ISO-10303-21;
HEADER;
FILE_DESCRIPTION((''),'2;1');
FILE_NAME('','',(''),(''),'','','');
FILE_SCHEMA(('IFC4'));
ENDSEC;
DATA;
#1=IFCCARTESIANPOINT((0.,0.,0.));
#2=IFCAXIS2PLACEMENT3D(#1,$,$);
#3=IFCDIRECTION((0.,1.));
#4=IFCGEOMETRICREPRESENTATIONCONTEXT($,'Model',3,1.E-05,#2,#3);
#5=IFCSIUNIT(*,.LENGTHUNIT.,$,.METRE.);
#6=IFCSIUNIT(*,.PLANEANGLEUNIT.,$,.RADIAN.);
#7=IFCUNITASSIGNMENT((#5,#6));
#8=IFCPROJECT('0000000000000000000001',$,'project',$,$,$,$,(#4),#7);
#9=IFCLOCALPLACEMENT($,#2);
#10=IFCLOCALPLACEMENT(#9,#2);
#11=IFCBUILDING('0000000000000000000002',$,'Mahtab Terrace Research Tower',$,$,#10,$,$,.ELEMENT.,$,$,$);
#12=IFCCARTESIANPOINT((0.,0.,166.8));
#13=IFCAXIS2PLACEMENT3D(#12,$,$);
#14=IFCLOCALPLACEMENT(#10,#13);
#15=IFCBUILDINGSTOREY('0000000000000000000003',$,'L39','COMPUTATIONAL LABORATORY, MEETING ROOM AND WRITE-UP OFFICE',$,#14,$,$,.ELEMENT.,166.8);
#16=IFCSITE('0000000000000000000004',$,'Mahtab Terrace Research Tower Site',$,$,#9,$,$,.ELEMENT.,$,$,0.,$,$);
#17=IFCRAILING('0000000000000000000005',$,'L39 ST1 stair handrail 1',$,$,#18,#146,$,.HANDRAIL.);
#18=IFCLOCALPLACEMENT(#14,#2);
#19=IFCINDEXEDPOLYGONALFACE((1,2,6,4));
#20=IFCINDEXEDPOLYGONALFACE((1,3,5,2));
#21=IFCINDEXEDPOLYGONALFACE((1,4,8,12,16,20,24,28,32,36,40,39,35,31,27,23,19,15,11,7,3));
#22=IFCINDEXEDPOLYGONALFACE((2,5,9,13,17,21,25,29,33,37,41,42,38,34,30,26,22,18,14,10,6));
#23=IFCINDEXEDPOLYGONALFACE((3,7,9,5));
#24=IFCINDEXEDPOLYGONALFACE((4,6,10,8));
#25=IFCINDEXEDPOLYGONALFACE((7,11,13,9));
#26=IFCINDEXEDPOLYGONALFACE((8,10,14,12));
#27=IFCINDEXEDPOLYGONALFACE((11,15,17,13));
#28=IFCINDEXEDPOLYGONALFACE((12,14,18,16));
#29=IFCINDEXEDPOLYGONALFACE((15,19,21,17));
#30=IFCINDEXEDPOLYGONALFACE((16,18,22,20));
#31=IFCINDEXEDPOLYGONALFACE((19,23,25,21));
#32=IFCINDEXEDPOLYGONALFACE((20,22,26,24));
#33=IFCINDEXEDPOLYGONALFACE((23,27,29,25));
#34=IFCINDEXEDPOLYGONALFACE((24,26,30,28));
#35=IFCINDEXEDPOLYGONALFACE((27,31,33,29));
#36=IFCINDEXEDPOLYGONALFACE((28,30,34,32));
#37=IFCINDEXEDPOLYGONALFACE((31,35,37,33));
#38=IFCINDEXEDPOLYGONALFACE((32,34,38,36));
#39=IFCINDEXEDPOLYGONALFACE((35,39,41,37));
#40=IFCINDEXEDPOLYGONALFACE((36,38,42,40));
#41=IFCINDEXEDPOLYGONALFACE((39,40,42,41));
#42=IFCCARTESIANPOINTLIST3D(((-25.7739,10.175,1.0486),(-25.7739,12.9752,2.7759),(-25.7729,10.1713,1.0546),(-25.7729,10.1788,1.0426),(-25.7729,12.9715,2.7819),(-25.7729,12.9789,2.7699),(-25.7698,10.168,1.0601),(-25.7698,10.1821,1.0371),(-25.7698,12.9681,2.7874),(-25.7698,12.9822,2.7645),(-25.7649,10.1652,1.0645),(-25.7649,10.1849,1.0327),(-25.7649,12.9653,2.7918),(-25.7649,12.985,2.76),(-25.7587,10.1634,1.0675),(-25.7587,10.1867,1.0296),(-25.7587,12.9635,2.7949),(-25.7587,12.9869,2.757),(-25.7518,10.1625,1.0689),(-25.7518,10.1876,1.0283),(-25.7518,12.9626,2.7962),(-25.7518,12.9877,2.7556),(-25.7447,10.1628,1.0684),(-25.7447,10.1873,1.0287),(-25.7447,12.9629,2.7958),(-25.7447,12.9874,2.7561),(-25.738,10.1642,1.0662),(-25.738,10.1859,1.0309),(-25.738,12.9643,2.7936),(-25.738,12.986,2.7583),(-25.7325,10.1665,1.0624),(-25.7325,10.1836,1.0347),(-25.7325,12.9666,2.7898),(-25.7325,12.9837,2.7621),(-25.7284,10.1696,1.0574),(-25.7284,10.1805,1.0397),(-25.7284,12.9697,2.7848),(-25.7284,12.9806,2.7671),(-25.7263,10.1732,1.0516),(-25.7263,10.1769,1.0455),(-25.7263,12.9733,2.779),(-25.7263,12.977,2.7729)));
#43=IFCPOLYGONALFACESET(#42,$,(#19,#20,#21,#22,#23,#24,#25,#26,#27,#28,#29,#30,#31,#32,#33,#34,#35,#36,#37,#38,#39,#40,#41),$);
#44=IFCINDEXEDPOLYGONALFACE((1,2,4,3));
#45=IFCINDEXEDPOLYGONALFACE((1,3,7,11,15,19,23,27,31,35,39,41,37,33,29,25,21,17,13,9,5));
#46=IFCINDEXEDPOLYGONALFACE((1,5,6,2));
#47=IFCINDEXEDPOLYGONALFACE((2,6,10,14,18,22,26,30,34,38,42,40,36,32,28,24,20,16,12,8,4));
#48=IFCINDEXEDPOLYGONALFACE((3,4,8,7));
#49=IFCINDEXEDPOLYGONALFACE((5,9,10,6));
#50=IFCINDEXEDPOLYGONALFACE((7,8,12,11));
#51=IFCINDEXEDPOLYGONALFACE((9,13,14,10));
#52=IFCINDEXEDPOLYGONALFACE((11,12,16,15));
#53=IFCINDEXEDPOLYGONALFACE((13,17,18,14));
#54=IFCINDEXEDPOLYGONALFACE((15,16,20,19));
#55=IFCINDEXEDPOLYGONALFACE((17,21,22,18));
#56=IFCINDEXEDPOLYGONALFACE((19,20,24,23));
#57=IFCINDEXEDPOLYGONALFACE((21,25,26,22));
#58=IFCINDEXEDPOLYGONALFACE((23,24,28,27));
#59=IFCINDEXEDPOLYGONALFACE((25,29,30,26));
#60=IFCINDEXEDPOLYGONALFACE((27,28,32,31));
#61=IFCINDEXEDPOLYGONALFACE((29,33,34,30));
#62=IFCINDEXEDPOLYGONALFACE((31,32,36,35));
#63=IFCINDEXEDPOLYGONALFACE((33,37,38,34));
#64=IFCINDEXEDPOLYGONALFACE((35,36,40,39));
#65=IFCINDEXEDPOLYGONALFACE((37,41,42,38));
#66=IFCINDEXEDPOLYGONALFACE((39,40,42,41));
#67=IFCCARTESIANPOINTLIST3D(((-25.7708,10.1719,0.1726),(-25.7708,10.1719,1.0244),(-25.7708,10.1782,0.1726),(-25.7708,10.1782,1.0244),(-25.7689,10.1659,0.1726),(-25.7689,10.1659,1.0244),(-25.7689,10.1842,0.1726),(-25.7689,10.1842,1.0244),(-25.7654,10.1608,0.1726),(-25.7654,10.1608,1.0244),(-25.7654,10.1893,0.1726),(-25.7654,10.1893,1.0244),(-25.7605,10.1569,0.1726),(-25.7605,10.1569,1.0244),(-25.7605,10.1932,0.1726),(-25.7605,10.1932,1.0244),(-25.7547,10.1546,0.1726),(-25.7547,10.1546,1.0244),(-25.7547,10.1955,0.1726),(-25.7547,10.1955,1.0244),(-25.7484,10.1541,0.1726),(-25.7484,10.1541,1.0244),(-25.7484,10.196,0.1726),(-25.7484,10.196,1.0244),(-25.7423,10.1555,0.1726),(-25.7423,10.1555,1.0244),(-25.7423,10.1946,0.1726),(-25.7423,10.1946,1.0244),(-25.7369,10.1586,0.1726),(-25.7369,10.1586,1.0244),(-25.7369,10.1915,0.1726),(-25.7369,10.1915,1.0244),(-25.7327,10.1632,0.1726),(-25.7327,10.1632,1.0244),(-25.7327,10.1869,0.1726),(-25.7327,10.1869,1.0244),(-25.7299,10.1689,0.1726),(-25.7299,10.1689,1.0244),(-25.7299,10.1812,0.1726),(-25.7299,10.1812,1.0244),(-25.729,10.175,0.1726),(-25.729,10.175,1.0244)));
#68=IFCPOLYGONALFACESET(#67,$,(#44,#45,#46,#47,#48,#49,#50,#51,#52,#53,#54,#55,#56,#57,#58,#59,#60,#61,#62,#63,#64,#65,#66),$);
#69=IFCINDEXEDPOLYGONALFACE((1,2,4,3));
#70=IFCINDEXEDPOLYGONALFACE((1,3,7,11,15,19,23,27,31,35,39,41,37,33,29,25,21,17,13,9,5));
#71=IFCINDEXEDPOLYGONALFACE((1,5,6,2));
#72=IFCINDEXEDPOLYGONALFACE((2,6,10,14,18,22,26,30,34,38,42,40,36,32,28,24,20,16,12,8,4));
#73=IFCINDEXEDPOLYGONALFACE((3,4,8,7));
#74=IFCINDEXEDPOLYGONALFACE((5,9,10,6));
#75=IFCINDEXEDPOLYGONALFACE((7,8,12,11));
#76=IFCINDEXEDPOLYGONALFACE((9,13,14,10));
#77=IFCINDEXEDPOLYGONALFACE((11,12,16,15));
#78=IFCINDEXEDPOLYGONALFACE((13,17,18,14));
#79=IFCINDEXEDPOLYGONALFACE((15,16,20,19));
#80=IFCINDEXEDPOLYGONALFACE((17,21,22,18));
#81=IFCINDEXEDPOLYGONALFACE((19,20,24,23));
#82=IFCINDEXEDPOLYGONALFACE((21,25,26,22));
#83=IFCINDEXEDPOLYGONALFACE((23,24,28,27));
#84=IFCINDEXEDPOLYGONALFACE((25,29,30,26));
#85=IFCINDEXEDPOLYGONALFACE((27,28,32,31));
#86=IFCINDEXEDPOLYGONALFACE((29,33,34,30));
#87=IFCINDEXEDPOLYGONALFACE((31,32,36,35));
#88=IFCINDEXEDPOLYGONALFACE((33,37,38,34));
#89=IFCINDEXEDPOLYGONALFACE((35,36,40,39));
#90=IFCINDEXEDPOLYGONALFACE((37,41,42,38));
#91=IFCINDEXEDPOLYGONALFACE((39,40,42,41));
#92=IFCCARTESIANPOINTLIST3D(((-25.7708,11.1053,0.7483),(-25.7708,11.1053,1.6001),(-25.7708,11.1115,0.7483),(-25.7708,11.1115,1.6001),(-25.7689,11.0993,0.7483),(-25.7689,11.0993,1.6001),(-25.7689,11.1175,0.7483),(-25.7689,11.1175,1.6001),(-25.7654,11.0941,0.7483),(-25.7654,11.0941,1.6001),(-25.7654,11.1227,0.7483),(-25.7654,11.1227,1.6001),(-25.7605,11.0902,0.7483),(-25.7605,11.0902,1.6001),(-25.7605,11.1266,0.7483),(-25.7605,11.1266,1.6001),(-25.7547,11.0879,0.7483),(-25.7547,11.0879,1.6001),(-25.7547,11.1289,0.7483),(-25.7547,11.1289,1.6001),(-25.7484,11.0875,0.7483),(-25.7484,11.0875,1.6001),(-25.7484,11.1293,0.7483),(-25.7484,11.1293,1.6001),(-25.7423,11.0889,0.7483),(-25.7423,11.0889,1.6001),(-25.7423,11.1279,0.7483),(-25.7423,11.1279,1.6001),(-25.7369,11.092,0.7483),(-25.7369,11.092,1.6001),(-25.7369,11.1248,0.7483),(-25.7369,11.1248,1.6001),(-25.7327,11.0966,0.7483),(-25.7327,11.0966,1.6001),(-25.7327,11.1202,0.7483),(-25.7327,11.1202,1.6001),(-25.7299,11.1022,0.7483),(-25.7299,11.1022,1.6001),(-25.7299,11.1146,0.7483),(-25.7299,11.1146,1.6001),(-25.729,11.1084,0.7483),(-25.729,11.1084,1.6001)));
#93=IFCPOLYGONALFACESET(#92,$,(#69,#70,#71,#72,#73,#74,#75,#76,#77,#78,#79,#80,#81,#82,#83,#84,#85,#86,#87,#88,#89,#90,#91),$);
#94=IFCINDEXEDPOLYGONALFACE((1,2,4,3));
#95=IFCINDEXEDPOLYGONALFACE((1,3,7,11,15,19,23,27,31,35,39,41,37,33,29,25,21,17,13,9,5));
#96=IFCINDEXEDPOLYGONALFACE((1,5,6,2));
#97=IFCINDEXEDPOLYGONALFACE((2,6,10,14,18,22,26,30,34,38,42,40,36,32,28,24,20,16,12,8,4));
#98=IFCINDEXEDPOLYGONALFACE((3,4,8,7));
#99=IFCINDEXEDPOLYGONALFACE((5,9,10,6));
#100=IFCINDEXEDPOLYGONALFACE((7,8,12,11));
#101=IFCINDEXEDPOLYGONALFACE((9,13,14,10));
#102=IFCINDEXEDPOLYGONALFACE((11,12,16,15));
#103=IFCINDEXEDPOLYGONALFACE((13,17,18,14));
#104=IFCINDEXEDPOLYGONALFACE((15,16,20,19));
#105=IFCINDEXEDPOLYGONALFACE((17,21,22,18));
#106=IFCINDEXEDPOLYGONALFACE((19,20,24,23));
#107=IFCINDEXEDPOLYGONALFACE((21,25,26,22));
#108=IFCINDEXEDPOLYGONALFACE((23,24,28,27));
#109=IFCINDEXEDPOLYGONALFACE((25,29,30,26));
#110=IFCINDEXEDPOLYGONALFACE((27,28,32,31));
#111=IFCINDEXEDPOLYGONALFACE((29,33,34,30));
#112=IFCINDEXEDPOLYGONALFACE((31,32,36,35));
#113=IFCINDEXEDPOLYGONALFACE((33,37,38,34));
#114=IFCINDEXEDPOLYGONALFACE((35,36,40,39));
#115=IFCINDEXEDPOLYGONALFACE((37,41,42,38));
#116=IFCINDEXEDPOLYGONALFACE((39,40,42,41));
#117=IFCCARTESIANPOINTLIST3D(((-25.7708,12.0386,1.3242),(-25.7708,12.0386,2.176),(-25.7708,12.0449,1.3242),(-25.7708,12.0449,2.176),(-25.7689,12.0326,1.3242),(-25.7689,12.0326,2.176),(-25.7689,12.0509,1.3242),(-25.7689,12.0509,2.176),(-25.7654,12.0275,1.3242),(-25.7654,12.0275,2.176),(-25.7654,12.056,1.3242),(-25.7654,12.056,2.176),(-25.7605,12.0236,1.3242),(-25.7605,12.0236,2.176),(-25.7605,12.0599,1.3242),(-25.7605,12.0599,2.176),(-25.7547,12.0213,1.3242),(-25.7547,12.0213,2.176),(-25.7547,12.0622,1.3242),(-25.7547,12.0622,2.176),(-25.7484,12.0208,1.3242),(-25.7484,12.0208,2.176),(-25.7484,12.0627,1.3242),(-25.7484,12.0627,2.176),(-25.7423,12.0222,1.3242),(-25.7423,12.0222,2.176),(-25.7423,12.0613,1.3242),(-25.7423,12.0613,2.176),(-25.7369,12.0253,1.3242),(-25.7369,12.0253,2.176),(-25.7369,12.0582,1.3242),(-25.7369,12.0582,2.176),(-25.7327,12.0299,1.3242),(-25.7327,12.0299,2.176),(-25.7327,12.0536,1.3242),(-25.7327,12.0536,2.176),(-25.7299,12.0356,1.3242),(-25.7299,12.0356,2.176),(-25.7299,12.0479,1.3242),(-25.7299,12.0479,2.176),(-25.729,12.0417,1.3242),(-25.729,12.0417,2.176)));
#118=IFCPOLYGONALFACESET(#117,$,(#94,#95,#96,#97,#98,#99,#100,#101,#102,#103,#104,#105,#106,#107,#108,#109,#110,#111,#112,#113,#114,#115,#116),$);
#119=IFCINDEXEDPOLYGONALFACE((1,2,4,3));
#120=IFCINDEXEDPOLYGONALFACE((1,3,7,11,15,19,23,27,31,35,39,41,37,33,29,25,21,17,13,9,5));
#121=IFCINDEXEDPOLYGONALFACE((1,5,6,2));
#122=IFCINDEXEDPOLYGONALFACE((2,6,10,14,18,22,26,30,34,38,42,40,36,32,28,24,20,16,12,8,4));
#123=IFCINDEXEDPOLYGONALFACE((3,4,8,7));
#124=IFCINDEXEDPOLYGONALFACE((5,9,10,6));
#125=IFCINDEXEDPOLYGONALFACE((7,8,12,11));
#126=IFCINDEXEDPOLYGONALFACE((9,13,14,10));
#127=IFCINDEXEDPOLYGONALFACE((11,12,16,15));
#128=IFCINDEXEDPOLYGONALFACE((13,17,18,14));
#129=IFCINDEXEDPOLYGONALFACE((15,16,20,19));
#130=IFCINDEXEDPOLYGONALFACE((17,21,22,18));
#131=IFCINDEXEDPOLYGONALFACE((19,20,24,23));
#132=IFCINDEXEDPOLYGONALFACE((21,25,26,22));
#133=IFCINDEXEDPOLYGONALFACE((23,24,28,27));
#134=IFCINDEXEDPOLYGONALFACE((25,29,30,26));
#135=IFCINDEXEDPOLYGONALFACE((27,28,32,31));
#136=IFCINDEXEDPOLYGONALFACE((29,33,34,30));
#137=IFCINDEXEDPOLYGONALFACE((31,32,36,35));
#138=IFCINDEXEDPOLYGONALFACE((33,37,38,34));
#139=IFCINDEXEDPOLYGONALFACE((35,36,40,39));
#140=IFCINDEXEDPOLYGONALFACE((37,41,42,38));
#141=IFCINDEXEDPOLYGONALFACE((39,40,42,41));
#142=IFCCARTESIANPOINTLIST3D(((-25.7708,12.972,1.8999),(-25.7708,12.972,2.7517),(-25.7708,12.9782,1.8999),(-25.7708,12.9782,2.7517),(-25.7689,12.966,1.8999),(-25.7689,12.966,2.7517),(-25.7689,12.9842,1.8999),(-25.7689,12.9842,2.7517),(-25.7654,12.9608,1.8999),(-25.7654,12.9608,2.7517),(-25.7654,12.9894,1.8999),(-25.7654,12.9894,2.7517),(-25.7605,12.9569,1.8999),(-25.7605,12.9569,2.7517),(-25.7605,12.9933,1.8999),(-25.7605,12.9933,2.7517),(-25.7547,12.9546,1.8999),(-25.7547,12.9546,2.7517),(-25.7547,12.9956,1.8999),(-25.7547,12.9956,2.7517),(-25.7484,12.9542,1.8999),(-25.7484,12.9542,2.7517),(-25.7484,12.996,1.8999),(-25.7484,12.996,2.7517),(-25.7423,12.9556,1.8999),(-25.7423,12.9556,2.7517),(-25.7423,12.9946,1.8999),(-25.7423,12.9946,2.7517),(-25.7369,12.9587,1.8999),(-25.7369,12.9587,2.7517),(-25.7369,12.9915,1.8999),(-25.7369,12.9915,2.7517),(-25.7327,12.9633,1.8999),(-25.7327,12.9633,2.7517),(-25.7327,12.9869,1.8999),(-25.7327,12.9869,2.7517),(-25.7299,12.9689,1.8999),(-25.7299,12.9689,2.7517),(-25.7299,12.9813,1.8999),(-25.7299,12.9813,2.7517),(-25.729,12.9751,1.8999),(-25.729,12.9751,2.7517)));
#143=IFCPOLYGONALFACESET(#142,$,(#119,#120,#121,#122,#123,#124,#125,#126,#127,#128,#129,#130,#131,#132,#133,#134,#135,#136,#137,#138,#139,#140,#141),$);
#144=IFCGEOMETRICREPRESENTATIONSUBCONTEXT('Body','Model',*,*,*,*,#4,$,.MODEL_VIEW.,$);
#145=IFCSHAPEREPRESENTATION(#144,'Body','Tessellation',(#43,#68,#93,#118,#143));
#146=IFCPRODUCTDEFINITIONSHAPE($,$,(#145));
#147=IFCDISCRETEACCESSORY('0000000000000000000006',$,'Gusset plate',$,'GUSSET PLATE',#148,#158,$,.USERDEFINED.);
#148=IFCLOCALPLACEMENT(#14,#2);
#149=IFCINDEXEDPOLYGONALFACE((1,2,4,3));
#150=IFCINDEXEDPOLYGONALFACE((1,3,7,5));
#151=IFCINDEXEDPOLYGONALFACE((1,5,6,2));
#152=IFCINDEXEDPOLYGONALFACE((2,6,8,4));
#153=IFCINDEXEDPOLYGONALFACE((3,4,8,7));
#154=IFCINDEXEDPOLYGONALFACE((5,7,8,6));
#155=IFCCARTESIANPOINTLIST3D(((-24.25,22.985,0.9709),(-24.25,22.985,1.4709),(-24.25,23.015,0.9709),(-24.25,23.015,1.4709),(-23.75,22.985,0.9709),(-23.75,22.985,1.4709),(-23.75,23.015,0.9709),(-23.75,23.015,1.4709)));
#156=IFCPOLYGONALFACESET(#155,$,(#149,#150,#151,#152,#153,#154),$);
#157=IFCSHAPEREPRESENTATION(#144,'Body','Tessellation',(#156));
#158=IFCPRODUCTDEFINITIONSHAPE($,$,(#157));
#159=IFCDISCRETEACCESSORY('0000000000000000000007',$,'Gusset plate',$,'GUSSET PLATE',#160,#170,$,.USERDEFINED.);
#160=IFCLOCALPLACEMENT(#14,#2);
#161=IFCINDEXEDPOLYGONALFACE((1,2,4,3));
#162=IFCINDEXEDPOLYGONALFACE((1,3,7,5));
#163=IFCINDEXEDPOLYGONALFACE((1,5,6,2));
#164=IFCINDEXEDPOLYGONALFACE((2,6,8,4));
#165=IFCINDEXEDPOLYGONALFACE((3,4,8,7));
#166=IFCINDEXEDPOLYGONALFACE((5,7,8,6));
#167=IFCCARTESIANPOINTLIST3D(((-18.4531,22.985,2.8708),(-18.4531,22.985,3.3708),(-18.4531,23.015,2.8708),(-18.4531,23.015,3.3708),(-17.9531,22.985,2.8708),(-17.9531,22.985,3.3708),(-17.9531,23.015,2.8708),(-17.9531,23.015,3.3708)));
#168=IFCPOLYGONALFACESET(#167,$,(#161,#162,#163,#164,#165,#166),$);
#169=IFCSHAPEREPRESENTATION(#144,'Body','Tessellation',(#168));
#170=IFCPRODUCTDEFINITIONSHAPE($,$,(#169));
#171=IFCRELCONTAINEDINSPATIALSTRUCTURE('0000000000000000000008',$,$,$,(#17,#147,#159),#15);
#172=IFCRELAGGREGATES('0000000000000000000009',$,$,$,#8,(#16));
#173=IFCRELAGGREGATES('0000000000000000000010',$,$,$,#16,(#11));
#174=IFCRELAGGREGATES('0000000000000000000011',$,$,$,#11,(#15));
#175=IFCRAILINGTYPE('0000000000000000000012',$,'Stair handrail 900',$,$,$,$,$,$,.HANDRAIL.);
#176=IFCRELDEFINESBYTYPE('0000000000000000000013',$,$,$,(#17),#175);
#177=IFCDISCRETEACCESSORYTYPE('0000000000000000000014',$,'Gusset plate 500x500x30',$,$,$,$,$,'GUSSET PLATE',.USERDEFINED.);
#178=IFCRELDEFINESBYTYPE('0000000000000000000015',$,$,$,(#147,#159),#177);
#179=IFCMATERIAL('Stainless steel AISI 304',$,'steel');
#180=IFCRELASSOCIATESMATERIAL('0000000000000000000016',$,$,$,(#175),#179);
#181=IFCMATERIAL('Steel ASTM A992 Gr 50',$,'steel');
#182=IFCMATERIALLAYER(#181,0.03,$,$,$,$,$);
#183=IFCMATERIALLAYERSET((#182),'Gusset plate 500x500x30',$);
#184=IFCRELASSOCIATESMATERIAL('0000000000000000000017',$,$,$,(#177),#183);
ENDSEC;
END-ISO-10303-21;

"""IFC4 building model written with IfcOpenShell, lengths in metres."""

from ifc_helpers import new_model, si_unit, direction, frame, origin, origin_2d, place, context, subcontext, project, spatial, rectangle, circle, extrude, material, layer, layer_set, type_object, element, save


model = new_model("IFC4")

# Units and contexts
model_context = context("Model", 3, precision=1e-05, world=origin(), true_north=direction((0.0, 1.0)))
body_context = subcontext(model_context, "Body", "Model", "MODEL_VIEW")
ifc_project = project(units=[si_unit("LENGTHUNIT", "METRE"), si_unit("PLANEANGLEUNIT", "RADIAN")], contexts=[model_context])

# Site, building, storey
site_placement = place(None, origin())
site = spatial("IfcSite", under=ifc_project, at=site_placement, Name="Mahtab Terrace Research Tower Site", CompositionType="ELEMENT", RefElevation=0.0)
building_placement = place(site_placement, origin())
building = spatial("IfcBuilding", under=site, at=building_placement, Name="Mahtab Terrace Research Tower", CompositionType="ELEMENT")
storey_placement = place(building_placement, frame((0.0, 0.0, 166.8)))
storey = spatial("IfcBuildingStorey", under=building, at=storey_placement, Name="L39", Description="COMPUTATIONAL LABORATORY, MEETING ROOM AND WRITE-UP OFFICE", CompositionType="ELEMENT", Elevation=166.8)

# Shared definitions
ifc_material_1 = material(Name="Steel ASTM A992 Gr 50", Category="steel")

# Railing
ifc_material_2 = material(Name="Stainless steel AISI 304", Category="steel")
railing_type = type_object("IfcRailingType", Name="Stair handrail 900", PredefinedType="HANDRAIL", material=ifc_material_2)
railing_placement = place(storey_placement, frame((-25.75, 10.175, 0.1726)))
element("IfcRailing", 1, at=railing_placement, inside=storey, type_object=railing_type, Name="L39 ST1 stair handrail 1", PredefinedType="HANDRAIL", context=body_context, shape_type="SweptSolid", body=[
    extrude(circle(Radius=0.0239, at=origin_2d()), frame((0.0, 0.0, 0.876), z_axis=(0.0, 0.85109, 0.52502), x_axis=(-1.0, 0.0, 0.0)), (0.0, 0.0, 1.0), 3.29),
    extrude(circle(Radius=0.021, at=origin_2d()), origin(), (0.0, 0.0, 1.0), 0.8518),
    extrude(circle(Radius=0.021, at=origin_2d()), frame((0.0, 0.9333, 0.5757)), (0.0, 0.0, 1.0), 0.8518),
    extrude(circle(Radius=0.021, at=origin_2d()), frame((0.0, 1.8667, 1.1516)), (0.0, 0.0, 1.0), 0.8518),
    extrude(circle(Radius=0.021, at=origin_2d()), frame((0.0, 2.8, 1.7273)), (0.0, 0.0, 1.0), 0.8518),
])

# Discrete accessories
ifc_layer_1 = layer(ifc_material_1, 0.03)
ifc_layer_set_1 = layer_set([ifc_layer_1], Name="Gusset plate 500x500x30")
discrete_accessory_type = type_object("IfcDiscreteAccessoryType", Name="Gusset plate 500x500x30", ElementType="GUSSET PLATE", PredefinedType="USERDEFINED", material=ifc_layer_set_1)
for number, where, z_axis, x_axis, name in (
    (2, (-24.0, 23.0, 0.9709), (0.0, 0.0, 1.0), (1.0, 0.0, 0.0), "Gusset plate"),
    (3, (-18.2031, 23.0, 2.8708), (0.0, 0.0, 1.0), (1.0, 0.0, 0.0), "Gusset plate"),
):
    element("IfcDiscreteAccessory", number, at=place(storey_placement, frame(where, z_axis=z_axis, x_axis=x_axis)), inside=storey, type_object=discrete_accessory_type, Name=name, ObjectType="GUSSET PLATE", PredefinedType="USERDEFINED", context=body_context, shape_type="SweptSolid", body=[
        extrude(rectangle(XDim=0.5, YDim=0.03, at=origin_2d()), origin(), (0.0, 0.0, 1.0), 0.5),
    ])

save(model, "model.ifc")
